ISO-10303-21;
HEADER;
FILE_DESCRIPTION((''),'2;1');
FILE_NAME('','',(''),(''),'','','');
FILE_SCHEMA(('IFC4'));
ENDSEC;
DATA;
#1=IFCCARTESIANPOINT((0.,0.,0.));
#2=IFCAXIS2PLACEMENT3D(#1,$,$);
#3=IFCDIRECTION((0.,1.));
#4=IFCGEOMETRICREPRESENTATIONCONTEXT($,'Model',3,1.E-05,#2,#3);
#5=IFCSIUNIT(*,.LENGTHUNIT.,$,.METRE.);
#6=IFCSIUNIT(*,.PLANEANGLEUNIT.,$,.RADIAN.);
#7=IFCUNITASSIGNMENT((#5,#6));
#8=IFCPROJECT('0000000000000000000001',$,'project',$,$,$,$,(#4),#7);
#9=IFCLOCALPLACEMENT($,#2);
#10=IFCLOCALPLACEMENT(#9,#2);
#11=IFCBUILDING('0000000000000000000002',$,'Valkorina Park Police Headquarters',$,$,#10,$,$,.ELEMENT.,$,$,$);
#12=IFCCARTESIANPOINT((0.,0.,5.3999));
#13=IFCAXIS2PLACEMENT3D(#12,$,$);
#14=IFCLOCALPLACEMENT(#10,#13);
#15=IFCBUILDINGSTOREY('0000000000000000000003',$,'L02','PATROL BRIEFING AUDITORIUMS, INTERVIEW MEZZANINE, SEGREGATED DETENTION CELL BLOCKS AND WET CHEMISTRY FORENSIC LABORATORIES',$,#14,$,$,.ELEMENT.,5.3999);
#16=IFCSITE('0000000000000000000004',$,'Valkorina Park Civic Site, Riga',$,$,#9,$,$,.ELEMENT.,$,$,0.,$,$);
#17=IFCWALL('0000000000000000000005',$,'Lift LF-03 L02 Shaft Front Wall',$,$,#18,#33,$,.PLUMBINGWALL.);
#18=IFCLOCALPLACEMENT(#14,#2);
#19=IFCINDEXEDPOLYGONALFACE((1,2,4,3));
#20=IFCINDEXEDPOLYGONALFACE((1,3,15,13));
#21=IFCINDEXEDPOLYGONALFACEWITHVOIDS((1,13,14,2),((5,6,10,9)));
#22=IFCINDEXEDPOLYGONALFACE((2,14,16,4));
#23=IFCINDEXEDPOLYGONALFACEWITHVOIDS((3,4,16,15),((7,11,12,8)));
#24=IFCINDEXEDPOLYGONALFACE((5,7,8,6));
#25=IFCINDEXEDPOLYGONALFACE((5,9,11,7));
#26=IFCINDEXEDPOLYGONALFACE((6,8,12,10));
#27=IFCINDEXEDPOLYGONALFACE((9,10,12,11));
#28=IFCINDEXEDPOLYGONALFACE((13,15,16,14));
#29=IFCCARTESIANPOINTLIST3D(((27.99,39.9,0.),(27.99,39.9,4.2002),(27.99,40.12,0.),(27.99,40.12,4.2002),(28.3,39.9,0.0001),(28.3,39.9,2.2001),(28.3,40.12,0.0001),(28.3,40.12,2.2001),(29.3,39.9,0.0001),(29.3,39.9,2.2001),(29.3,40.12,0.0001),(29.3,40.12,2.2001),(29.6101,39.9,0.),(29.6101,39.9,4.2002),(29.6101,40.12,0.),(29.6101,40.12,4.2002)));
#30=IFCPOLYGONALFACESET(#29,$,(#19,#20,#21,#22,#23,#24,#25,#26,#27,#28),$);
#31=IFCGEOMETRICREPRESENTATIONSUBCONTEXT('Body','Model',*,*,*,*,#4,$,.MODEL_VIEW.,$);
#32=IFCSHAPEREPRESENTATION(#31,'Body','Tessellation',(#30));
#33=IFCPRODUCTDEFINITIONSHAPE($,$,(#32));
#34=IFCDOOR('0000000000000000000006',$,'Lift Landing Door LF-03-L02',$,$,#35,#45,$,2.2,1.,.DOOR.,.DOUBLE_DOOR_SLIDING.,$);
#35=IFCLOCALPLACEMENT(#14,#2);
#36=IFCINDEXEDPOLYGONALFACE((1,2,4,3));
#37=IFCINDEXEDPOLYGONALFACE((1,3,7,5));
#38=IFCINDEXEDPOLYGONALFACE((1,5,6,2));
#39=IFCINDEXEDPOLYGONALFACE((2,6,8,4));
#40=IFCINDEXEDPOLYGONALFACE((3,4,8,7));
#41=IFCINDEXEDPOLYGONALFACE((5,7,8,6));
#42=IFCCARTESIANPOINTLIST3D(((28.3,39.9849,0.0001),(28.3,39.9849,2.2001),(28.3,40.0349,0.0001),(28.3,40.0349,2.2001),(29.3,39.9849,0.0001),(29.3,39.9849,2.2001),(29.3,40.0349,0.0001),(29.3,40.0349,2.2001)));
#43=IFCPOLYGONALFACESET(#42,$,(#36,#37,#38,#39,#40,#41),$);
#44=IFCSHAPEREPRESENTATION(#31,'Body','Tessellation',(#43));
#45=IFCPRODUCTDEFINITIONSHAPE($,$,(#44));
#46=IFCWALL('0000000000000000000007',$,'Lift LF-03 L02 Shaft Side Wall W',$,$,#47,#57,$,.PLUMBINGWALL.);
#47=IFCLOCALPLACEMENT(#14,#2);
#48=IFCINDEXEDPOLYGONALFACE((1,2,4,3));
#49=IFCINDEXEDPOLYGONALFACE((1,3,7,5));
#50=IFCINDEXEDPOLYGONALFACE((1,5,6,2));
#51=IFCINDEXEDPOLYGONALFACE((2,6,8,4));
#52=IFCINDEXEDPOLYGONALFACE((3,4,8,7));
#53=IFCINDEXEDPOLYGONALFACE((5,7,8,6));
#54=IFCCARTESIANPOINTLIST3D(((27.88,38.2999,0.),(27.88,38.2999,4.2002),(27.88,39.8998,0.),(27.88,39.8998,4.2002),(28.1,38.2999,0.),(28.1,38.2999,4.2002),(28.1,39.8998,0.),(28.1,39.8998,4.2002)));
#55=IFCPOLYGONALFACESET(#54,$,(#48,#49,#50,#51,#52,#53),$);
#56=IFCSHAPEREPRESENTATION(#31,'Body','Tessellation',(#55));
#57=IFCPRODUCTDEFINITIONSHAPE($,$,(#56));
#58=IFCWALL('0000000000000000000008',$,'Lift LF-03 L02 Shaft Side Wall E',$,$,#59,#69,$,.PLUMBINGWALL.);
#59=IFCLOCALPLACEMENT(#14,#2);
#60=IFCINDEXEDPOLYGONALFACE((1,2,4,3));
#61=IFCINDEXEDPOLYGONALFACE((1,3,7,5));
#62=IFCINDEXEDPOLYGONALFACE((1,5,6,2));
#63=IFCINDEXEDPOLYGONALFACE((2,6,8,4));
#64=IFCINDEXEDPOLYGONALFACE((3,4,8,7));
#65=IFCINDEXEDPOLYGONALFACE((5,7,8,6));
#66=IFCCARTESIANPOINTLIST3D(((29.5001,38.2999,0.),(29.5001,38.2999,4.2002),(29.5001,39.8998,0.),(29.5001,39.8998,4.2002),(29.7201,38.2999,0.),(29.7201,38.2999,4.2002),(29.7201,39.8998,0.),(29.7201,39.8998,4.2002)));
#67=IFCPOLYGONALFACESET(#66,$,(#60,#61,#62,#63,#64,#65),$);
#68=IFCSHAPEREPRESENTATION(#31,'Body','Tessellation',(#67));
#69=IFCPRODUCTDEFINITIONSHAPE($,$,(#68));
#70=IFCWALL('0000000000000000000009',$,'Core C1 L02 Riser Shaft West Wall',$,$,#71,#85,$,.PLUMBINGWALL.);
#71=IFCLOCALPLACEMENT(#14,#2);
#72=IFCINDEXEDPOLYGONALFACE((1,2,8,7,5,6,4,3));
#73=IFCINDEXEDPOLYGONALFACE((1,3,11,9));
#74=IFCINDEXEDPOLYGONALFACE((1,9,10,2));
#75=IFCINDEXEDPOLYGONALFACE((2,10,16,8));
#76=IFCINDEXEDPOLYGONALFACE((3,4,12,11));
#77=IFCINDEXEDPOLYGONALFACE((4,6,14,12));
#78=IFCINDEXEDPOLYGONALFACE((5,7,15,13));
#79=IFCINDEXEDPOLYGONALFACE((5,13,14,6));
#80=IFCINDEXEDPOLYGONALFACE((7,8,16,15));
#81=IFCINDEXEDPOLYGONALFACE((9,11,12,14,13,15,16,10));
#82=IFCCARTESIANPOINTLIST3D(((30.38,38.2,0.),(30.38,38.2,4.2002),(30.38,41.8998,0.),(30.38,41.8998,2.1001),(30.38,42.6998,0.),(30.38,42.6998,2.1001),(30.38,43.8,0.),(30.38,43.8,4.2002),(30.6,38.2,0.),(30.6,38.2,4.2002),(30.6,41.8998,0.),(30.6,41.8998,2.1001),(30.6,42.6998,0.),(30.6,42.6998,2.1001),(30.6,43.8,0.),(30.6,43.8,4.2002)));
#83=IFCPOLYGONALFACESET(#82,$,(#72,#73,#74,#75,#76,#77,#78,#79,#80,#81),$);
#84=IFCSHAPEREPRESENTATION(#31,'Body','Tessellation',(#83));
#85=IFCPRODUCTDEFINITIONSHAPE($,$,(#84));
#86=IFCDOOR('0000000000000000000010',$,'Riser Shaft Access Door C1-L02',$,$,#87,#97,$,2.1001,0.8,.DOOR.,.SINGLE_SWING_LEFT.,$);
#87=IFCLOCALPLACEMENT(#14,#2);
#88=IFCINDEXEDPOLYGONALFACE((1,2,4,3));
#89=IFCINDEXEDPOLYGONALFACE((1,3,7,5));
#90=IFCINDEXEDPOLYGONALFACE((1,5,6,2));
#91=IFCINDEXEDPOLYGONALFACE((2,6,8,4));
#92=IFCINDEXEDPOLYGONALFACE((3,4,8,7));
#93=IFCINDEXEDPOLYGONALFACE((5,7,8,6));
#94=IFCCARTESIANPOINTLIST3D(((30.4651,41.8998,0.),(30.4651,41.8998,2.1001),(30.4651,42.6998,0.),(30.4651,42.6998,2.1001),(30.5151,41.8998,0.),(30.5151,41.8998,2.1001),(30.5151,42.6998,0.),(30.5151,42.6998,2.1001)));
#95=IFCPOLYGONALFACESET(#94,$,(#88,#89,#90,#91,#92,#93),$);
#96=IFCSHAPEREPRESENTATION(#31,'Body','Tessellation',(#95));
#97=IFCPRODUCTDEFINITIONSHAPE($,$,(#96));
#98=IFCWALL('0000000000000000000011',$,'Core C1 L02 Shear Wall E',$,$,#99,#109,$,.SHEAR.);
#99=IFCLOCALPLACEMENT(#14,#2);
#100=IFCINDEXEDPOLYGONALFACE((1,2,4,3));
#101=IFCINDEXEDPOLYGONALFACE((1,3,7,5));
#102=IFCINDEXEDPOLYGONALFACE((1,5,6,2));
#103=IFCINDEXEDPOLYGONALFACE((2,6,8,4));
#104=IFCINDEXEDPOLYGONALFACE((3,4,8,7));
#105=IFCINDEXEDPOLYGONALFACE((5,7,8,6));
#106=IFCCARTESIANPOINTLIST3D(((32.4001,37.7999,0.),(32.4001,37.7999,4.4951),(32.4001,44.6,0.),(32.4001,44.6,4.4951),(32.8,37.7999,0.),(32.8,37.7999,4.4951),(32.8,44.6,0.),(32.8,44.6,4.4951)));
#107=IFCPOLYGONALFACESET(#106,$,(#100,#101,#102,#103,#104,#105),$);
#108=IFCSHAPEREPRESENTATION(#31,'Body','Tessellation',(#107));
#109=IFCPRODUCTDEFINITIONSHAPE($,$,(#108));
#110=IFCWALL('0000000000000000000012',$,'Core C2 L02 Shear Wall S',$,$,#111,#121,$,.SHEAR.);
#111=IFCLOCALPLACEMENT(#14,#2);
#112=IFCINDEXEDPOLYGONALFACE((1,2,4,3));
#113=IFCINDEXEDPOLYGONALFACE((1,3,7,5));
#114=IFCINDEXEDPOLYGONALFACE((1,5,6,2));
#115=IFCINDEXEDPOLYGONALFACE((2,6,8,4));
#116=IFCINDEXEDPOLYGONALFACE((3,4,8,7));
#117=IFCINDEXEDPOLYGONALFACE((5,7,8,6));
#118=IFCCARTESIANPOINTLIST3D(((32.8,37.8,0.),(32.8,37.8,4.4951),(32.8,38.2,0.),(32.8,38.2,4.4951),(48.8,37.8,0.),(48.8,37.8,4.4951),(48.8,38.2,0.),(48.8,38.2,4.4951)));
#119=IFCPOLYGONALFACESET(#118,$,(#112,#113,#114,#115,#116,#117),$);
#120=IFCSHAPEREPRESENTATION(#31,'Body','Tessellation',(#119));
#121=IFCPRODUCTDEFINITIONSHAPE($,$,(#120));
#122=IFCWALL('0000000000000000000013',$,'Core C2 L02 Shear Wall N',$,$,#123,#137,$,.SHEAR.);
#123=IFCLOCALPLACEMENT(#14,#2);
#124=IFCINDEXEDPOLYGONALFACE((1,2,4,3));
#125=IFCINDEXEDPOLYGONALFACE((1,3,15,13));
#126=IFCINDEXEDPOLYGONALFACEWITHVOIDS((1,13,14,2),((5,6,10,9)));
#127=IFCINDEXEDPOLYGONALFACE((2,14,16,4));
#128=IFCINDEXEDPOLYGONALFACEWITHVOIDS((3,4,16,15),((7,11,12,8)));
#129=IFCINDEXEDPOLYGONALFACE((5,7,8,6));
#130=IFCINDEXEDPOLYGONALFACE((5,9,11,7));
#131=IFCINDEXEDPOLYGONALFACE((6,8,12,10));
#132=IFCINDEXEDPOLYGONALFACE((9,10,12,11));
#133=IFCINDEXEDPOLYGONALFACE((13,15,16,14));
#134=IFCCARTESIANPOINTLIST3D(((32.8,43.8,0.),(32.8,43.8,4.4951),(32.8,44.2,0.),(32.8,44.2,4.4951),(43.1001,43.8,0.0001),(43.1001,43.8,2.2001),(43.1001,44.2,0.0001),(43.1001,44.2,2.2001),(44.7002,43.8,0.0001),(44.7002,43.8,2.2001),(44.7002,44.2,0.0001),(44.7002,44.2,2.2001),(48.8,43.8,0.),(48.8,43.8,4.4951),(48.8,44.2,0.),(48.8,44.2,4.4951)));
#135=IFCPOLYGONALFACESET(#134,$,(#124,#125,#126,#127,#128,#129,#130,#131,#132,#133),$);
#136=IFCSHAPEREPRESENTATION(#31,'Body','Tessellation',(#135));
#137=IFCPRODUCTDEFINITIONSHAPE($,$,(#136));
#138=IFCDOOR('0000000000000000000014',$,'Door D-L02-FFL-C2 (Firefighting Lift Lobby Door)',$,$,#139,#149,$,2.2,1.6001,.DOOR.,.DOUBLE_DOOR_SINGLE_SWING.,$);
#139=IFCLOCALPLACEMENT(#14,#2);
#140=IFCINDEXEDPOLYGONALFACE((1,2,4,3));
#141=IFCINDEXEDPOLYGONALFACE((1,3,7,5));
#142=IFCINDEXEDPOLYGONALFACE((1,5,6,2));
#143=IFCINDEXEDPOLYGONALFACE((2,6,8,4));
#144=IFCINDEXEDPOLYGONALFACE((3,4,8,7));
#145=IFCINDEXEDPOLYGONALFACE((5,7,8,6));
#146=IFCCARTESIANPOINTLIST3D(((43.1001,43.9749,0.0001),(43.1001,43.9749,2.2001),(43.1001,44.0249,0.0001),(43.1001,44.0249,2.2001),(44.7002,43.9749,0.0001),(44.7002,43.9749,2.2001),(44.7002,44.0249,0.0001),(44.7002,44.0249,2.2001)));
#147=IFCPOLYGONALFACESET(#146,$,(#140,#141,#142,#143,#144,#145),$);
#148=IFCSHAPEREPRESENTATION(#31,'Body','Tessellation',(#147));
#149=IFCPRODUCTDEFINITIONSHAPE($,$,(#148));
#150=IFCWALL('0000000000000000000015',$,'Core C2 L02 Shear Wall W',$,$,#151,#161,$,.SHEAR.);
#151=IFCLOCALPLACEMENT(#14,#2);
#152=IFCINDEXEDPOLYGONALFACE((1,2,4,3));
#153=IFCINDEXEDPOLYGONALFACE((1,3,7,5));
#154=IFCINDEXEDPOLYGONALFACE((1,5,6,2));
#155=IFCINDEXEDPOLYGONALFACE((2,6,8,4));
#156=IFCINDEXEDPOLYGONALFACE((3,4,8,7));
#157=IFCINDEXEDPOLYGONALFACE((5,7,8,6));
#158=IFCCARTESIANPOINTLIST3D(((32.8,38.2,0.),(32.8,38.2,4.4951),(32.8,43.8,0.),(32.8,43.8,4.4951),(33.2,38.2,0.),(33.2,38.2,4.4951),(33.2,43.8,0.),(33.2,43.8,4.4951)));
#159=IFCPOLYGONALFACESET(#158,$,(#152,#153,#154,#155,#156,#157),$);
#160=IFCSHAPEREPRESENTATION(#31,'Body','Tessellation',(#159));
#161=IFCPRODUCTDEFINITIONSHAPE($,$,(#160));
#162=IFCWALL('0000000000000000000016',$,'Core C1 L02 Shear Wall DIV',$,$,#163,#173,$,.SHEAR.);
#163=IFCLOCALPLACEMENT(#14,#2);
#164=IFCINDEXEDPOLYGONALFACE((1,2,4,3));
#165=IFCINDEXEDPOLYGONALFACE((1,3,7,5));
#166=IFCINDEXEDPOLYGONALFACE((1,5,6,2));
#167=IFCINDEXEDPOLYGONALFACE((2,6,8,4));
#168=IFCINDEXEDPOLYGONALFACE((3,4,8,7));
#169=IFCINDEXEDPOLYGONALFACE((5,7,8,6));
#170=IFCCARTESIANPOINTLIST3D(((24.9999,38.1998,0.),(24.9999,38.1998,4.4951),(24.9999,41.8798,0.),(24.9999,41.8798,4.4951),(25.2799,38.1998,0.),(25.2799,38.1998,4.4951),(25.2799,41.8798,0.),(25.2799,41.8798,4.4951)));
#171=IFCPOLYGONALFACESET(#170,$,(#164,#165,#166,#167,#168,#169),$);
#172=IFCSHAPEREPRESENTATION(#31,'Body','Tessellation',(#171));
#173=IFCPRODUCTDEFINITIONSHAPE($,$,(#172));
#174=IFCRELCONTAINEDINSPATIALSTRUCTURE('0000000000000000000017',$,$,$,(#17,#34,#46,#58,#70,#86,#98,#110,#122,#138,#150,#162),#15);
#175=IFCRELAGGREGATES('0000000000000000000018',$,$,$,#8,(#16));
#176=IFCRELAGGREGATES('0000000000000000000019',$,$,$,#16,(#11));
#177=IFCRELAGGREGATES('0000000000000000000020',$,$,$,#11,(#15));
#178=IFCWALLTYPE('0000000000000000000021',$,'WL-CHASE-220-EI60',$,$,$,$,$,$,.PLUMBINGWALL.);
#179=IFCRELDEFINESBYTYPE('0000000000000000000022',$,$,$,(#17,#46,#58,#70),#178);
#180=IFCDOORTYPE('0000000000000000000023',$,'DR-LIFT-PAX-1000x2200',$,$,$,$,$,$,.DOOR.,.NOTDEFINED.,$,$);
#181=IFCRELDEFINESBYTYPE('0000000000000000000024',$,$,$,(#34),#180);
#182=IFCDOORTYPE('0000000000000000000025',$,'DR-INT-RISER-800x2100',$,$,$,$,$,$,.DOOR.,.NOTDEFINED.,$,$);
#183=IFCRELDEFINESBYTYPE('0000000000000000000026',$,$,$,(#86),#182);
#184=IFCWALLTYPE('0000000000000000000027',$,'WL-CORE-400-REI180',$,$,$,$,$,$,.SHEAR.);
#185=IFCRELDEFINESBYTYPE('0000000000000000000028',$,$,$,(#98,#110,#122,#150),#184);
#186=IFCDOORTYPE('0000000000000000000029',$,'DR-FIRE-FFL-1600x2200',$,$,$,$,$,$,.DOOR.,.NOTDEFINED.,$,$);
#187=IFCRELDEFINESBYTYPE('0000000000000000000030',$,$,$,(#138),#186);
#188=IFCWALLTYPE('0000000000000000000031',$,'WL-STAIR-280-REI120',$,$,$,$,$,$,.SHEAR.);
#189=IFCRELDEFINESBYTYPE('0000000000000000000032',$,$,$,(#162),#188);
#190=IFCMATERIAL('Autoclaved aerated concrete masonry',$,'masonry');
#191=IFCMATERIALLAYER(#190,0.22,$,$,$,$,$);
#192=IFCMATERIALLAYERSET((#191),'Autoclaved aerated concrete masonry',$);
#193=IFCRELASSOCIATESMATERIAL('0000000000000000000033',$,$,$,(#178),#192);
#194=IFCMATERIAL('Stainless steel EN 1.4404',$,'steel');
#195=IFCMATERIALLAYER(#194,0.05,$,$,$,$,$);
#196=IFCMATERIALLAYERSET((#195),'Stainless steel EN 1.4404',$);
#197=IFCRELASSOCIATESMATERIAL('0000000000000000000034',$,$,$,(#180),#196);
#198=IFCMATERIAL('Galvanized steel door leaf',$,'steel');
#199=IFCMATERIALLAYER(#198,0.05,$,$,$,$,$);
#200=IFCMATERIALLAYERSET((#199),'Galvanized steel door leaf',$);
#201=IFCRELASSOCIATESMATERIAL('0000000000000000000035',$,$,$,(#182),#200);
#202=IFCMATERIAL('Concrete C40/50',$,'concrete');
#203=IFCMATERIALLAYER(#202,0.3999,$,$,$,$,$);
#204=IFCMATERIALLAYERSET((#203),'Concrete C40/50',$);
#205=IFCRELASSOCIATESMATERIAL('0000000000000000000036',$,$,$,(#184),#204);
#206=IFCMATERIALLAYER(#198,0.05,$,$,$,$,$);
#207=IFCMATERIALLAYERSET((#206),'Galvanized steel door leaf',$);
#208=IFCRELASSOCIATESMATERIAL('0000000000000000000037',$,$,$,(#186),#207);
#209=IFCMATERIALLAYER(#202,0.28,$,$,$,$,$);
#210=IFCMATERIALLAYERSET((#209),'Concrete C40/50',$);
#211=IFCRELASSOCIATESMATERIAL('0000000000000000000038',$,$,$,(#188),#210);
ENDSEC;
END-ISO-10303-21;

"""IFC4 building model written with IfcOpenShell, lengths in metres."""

from ifc_helpers import new_model, si_unit, direction, frame, frame_2d, origin, place, context, subcontext, project, spatial, rectangle, extrude, material, layer, layer_set, type_object, element, fill, save


model = new_model("IFC4")

# Units and contexts
model_context = context("Model", 3, precision=1e-05, world=origin(), true_north=direction((0.0, 1.0)))
body_context = subcontext(model_context, "Body", "Model", "MODEL_VIEW")
ifc_project = project(units=[si_unit("LENGTHUNIT", "METRE"), si_unit("PLANEANGLEUNIT", "RADIAN")], contexts=[model_context])

# Site, building, storey
site_placement = place(None, origin())
site = spatial("IfcSite", under=ifc_project, at=site_placement, Name="Valkorina Park Civic Site, Riga", CompositionType="ELEMENT", RefElevation=0.0)
building_placement = place(site_placement, origin())
building = spatial("IfcBuilding", under=site, at=building_placement, Name="Valkorina Park Police Headquarters", CompositionType="ELEMENT")
storey_placement = place(building_placement, frame((0.0, 0.0, 5.3999)))
storey = spatial("IfcBuildingStorey", under=building, at=storey_placement, Name="L02", Description="PATROL BRIEFING AUDITORIUMS, INTERVIEW MEZZANINE, SEGREGATED DETENTION CELL BLOCKS AND WET CHEMISTRY FORENSIC LABORATORIES", CompositionType="ELEMENT", Elevation=5.3999)

# Shared definitions
ifc_material_1 = material(Name="Autoclaved aerated concrete masonry", Category="masonry")
ifc_layer_1 = layer(ifc_material_1, 0.22)
ifc_layer_set_1 = layer_set([ifc_layer_1], Name="Autoclaved aerated concrete masonry")
wall_type_1 = type_object("IfcWallType", Name="WL-CHASE-220-EI60", PredefinedType="PLUMBINGWALL", material=ifc_layer_set_1)
ifc_material_2 = material(Name="Stainless steel EN 1.4404", Category="steel")

# Wall, opening, door
wall_1_placement = place(storey_placement, frame((27.99, 40.01, 0.0), z_axis=(0.0, 0.0, 1.0), x_axis=(1.0, 0.0, 0.0)))
wall_1 = element("IfcWall", 1, at=wall_1_placement, inside=storey, type_object=wall_type_1, Name="Lift LF-03 L02 Shaft Front Wall", PredefinedType="PLUMBINGWALL", context=body_context, shape_type="SweptSolid", body=[
    extrude(rectangle(XDim=1.6201, YDim=0.22, at=frame_2d((0.8101, 0.0))), origin(), (0.0, 0.0, 1.0), 4.2002),
])
opening_1_placement = place(wall_1_placement, frame((0.3101, 0.0, 0.0)))
opening_1 = element("IfcOpeningElement", 2, at=opening_1_placement, cuts=wall_1, PredefinedType="OPENING", context=body_context, shape_type="SweptSolid", body=[
    extrude(rectangle(XDim=1.0, YDim=2.2, at=frame_2d((0.5, 1.1001))), frame((0.0, 0.1201, 0.0), z_axis=(0.0, -1.0, 0.0), x_axis=(1.0, 0.0, 0.0)), (0.0, 0.0, 1.0), 0.24),
])
ifc_layer_2 = layer(ifc_material_2, 0.05)
ifc_layer_set_2 = layer_set([ifc_layer_2], Name="Stainless steel EN 1.4404")
door_type_1 = type_object("IfcDoorType", Name="DR-LIFT-PAX-1000x2200", OperationType="NOTDEFINED", PredefinedType="DOOR", material=ifc_layer_set_2)
door_1_placement = place(opening_1_placement, origin())
door_1 = element("IfcDoor", 3, at=door_1_placement, inside=storey, type_object=door_type_1, Name="Lift Landing Door LF-03-L02", OperationType="DOUBLE_DOOR_SLIDING", OverallHeight=2.2, OverallWidth=1.0, PredefinedType="DOOR", context=body_context, shape_type="SweptSolid", body=[
    extrude(rectangle(XDim=1.0, YDim=2.2, at=frame_2d((0.5, 1.1001))), frame((0.0, 0.0249, 0.0), z_axis=(0.0, -1.0, 0.0), x_axis=(1.0, 0.0, 0.0)), (0.0, 0.0, 1.0), 0.05),
])
fill(opening_1, door_1)

# Walls
for number, where, z_axis, x_axis, name in (
    (4, (27.99, 38.3, 0.0), (0.0, 0.0, 1.0), (0.0, 1.0, 0.0), "Lift LF-03 L02 Shaft Side Wall W"),
    (5, (29.6101, 38.3, 0.0), (0.0, 0.0, 1.0), (0.0, 1.0, 0.0), "Lift LF-03 L02 Shaft Side Wall E"),
):
    element("IfcWall", number, at=place(storey_placement, frame(where, z_axis=z_axis, x_axis=x_axis)), inside=storey, type_object=wall_type_1, Name=name, PredefinedType="PLUMBINGWALL", context=body_context, shape_type="SweptSolid", body=[
        extrude(rectangle(XDim=1.5999, YDim=0.22, at=frame_2d((0.7998, 0.0))), origin(), (0.0, 0.0, 1.0), 4.2002),
    ])

# Wall, opening, door
wall_2_placement = place(storey_placement, frame((30.49, 38.2, 0.0), z_axis=(0.0, 0.0, 1.0), x_axis=(0.0, 1.0, 0.0)))
wall_2 = element("IfcWall", 6, at=wall_2_placement, inside=storey, type_object=wall_type_1, Name="Core C1 L02 Riser Shaft West Wall", PredefinedType="PLUMBINGWALL", context=body_context, shape_type="SweptSolid", body=[
    extrude(rectangle(XDim=5.6001, YDim=0.22, at=frame_2d((2.8, 0.0))), origin(), (0.0, 0.0, 1.0), 4.2002),
])
opening_2_placement = place(wall_2_placement, frame((3.7, 0.0, 0.0)))
opening_2 = element("IfcOpeningElement", 7, at=opening_2_placement, cuts=wall_2, PredefinedType="OPENING", context=body_context, shape_type="SweptSolid", body=[
    extrude(rectangle(XDim=0.8, YDim=2.1001, at=frame_2d((0.3999, 1.05))), frame((0.0, 0.1201, 0.0), z_axis=(0.0, -1.0, 0.0), x_axis=(1.0, 0.0, 0.0)), (0.0, 0.0, 1.0), 0.24),
])
ifc_material_3 = material(Name="Galvanized steel door leaf", Category="steel")
ifc_layer_3 = layer(ifc_material_3, 0.05)
ifc_layer_set_3 = layer_set([ifc_layer_3], Name="Galvanized steel door leaf")
door_type_2 = type_object("IfcDoorType", Name="DR-INT-RISER-800x2100", OperationType="NOTDEFINED", PredefinedType="DOOR", material=ifc_layer_set_3)
door_2_placement = place(opening_2_placement, origin())
door_2 = element("IfcDoor", 8, at=door_2_placement, inside=storey, type_object=door_type_2, Name="Riser Shaft Access Door C1-L02", OperationType="SINGLE_SWING_LEFT", OverallHeight=2.1001, OverallWidth=0.8, PredefinedType="DOOR", context=body_context, shape_type="SweptSolid", body=[
    extrude(rectangle(XDim=0.8, YDim=2.1001, at=frame_2d((0.3999, 1.05))), frame((0.0, 0.0249, 0.0), z_axis=(0.0, -1.0, 0.0), x_axis=(1.0, 0.0, 0.0)), (0.0, 0.0, 1.0), 0.05),
])
fill(opening_2, door_2)

# Walls
ifc_material_4 = material(Name="Concrete C40/50", Category="concrete")
ifc_layer_4 = layer(ifc_material_4, 0.3999)
ifc_layer_set_4 = layer_set([ifc_layer_4], Name="Concrete C40/50")
wall_type_2 = type_object("IfcWallType", Name="WL-CORE-400-REI180", PredefinedType="SHEAR", material=ifc_layer_set_4)
wall_3_placement = place(storey_placement, frame((32.6001, 37.8, 0.0), z_axis=(0.0, 0.0, 1.0), x_axis=(0.0, 1.0, 0.0)))
element("IfcWall", 9, at=wall_3_placement, inside=storey, type_object=wall_type_2, Name="Core C1 L02 Shear Wall E", PredefinedType="SHEAR", context=body_context, shape_type="SweptSolid", body=[
    extrude(rectangle(XDim=6.8, YDim=0.3999, at=frame_2d((3.3999, 0.0))), origin(), (0.0, 0.0, 1.0), 4.4951),
])
wall_4_placement = place(storey_placement, frame((32.8, 38.0, 0.0), z_axis=(0.0, 0.0, 1.0), x_axis=(1.0, 0.0, 0.0)))
element("IfcWall", 10, at=wall_4_placement, inside=storey, type_object=wall_type_2, Name="Core C2 L02 Shear Wall S", PredefinedType="SHEAR", context=body_context, shape_type="SweptSolid", body=[
    extrude(rectangle(XDim=16.0, YDim=0.3999, at=frame_2d((8.0, 0.0))), origin(), (0.0, 0.0, 1.0), 4.4951),
])

# Wall, opening, door
wall_5_placement = place(storey_placement, frame((32.8, 44.0, 0.0), z_axis=(0.0, 0.0, 1.0), x_axis=(1.0, 0.0, 0.0)))
wall_5 = element("IfcWall", 11, at=wall_5_placement, inside=storey, type_object=wall_type_2, Name="Core C2 L02 Shear Wall N", PredefinedType="SHEAR", context=body_context, shape_type="SweptSolid", body=[
    extrude(rectangle(XDim=16.0, YDim=0.3999, at=frame_2d((8.0, 0.0))), origin(), (0.0, 0.0, 1.0), 4.4951),
])
opening_3_placement = place(wall_5_placement, frame((10.3, 0.0, 0.0)))
opening_3 = element("IfcOpeningElement", 12, at=opening_3_placement, cuts=wall_5, PredefinedType="OPENING", context=body_context, shape_type="SweptSolid", body=[
    extrude(rectangle(XDim=1.6001, YDim=2.2, at=frame_2d((0.8, 1.1001))), frame((0.0, 0.21, 0.0), z_axis=(0.0, -1.0, 0.0), x_axis=(1.0, 0.0, 0.0)), (0.0, 0.0, 1.0), 0.4199),
])
ifc_layer_5 = layer(ifc_material_3, 0.05)
ifc_layer_set_5 = layer_set([ifc_layer_5], Name="Galvanized steel door leaf")
door_type_3 = type_object("IfcDoorType", Name="DR-FIRE-FFL-1600x2200", OperationType="NOTDEFINED", PredefinedType="DOOR", material=ifc_layer_set_5)
door_3_placement = place(opening_3_placement, origin())
door_3 = element("IfcDoor", 13, at=door_3_placement, inside=storey, type_object=door_type_3, Name="Door D-L02-FFL-C2 (Firefighting Lift Lobby Door)", OperationType="DOUBLE_DOOR_SINGLE_SWING", OverallHeight=2.2, OverallWidth=1.6001, PredefinedType="DOOR", context=body_context, shape_type="SweptSolid", body=[
    extrude(rectangle(XDim=1.6001, YDim=2.2, at=frame_2d((0.8, 1.1001))), frame((0.0, 0.0249, 0.0), z_axis=(0.0, -1.0, 0.0), x_axis=(1.0, 0.0, 0.0)), (0.0, 0.0, 1.0), 0.05),
])
fill(opening_3, door_3)

# Walls
wall_6_placement = place(storey_placement, frame((33.0, 38.2, 0.0), z_axis=(0.0, 0.0, 1.0), x_axis=(0.0, 1.0, 0.0)))
element("IfcWall", 14, at=wall_6_placement, inside=storey, type_object=wall_type_2, Name="Core C2 L02 Shear Wall W", PredefinedType="SHEAR", context=body_context, shape_type="SweptSolid", body=[
    extrude(rectangle(XDim=5.6001, YDim=0.3999, at=frame_2d((2.8, 0.0))), origin(), (0.0, 0.0, 1.0), 4.4951),
])
ifc_layer_6 = layer(ifc_material_4, 0.28)
ifc_layer_set_6 = layer_set([ifc_layer_6], Name="Concrete C40/50")
wall_type_3 = type_object("IfcWallType", Name="WL-STAIR-280-REI120", PredefinedType="SHEAR", material=ifc_layer_set_6)
wall_7_placement = place(storey_placement, frame((25.1399, 38.2, 0.0), z_axis=(0.0, 0.0, 1.0), x_axis=(0.0, 1.0, 0.0)))
element("IfcWall", 15, at=wall_7_placement, inside=storey, type_object=wall_type_3, Name="Core C1 L02 Shear Wall DIV", PredefinedType="SHEAR", context=body_context, shape_type="SweptSolid", body=[
    extrude(rectangle(XDim=3.6799, YDim=0.28, at=frame_2d((1.8398, 0.0))), origin(), (0.0, 0.0, 1.0), 4.4951),
])

save(model, "model.ifc")
